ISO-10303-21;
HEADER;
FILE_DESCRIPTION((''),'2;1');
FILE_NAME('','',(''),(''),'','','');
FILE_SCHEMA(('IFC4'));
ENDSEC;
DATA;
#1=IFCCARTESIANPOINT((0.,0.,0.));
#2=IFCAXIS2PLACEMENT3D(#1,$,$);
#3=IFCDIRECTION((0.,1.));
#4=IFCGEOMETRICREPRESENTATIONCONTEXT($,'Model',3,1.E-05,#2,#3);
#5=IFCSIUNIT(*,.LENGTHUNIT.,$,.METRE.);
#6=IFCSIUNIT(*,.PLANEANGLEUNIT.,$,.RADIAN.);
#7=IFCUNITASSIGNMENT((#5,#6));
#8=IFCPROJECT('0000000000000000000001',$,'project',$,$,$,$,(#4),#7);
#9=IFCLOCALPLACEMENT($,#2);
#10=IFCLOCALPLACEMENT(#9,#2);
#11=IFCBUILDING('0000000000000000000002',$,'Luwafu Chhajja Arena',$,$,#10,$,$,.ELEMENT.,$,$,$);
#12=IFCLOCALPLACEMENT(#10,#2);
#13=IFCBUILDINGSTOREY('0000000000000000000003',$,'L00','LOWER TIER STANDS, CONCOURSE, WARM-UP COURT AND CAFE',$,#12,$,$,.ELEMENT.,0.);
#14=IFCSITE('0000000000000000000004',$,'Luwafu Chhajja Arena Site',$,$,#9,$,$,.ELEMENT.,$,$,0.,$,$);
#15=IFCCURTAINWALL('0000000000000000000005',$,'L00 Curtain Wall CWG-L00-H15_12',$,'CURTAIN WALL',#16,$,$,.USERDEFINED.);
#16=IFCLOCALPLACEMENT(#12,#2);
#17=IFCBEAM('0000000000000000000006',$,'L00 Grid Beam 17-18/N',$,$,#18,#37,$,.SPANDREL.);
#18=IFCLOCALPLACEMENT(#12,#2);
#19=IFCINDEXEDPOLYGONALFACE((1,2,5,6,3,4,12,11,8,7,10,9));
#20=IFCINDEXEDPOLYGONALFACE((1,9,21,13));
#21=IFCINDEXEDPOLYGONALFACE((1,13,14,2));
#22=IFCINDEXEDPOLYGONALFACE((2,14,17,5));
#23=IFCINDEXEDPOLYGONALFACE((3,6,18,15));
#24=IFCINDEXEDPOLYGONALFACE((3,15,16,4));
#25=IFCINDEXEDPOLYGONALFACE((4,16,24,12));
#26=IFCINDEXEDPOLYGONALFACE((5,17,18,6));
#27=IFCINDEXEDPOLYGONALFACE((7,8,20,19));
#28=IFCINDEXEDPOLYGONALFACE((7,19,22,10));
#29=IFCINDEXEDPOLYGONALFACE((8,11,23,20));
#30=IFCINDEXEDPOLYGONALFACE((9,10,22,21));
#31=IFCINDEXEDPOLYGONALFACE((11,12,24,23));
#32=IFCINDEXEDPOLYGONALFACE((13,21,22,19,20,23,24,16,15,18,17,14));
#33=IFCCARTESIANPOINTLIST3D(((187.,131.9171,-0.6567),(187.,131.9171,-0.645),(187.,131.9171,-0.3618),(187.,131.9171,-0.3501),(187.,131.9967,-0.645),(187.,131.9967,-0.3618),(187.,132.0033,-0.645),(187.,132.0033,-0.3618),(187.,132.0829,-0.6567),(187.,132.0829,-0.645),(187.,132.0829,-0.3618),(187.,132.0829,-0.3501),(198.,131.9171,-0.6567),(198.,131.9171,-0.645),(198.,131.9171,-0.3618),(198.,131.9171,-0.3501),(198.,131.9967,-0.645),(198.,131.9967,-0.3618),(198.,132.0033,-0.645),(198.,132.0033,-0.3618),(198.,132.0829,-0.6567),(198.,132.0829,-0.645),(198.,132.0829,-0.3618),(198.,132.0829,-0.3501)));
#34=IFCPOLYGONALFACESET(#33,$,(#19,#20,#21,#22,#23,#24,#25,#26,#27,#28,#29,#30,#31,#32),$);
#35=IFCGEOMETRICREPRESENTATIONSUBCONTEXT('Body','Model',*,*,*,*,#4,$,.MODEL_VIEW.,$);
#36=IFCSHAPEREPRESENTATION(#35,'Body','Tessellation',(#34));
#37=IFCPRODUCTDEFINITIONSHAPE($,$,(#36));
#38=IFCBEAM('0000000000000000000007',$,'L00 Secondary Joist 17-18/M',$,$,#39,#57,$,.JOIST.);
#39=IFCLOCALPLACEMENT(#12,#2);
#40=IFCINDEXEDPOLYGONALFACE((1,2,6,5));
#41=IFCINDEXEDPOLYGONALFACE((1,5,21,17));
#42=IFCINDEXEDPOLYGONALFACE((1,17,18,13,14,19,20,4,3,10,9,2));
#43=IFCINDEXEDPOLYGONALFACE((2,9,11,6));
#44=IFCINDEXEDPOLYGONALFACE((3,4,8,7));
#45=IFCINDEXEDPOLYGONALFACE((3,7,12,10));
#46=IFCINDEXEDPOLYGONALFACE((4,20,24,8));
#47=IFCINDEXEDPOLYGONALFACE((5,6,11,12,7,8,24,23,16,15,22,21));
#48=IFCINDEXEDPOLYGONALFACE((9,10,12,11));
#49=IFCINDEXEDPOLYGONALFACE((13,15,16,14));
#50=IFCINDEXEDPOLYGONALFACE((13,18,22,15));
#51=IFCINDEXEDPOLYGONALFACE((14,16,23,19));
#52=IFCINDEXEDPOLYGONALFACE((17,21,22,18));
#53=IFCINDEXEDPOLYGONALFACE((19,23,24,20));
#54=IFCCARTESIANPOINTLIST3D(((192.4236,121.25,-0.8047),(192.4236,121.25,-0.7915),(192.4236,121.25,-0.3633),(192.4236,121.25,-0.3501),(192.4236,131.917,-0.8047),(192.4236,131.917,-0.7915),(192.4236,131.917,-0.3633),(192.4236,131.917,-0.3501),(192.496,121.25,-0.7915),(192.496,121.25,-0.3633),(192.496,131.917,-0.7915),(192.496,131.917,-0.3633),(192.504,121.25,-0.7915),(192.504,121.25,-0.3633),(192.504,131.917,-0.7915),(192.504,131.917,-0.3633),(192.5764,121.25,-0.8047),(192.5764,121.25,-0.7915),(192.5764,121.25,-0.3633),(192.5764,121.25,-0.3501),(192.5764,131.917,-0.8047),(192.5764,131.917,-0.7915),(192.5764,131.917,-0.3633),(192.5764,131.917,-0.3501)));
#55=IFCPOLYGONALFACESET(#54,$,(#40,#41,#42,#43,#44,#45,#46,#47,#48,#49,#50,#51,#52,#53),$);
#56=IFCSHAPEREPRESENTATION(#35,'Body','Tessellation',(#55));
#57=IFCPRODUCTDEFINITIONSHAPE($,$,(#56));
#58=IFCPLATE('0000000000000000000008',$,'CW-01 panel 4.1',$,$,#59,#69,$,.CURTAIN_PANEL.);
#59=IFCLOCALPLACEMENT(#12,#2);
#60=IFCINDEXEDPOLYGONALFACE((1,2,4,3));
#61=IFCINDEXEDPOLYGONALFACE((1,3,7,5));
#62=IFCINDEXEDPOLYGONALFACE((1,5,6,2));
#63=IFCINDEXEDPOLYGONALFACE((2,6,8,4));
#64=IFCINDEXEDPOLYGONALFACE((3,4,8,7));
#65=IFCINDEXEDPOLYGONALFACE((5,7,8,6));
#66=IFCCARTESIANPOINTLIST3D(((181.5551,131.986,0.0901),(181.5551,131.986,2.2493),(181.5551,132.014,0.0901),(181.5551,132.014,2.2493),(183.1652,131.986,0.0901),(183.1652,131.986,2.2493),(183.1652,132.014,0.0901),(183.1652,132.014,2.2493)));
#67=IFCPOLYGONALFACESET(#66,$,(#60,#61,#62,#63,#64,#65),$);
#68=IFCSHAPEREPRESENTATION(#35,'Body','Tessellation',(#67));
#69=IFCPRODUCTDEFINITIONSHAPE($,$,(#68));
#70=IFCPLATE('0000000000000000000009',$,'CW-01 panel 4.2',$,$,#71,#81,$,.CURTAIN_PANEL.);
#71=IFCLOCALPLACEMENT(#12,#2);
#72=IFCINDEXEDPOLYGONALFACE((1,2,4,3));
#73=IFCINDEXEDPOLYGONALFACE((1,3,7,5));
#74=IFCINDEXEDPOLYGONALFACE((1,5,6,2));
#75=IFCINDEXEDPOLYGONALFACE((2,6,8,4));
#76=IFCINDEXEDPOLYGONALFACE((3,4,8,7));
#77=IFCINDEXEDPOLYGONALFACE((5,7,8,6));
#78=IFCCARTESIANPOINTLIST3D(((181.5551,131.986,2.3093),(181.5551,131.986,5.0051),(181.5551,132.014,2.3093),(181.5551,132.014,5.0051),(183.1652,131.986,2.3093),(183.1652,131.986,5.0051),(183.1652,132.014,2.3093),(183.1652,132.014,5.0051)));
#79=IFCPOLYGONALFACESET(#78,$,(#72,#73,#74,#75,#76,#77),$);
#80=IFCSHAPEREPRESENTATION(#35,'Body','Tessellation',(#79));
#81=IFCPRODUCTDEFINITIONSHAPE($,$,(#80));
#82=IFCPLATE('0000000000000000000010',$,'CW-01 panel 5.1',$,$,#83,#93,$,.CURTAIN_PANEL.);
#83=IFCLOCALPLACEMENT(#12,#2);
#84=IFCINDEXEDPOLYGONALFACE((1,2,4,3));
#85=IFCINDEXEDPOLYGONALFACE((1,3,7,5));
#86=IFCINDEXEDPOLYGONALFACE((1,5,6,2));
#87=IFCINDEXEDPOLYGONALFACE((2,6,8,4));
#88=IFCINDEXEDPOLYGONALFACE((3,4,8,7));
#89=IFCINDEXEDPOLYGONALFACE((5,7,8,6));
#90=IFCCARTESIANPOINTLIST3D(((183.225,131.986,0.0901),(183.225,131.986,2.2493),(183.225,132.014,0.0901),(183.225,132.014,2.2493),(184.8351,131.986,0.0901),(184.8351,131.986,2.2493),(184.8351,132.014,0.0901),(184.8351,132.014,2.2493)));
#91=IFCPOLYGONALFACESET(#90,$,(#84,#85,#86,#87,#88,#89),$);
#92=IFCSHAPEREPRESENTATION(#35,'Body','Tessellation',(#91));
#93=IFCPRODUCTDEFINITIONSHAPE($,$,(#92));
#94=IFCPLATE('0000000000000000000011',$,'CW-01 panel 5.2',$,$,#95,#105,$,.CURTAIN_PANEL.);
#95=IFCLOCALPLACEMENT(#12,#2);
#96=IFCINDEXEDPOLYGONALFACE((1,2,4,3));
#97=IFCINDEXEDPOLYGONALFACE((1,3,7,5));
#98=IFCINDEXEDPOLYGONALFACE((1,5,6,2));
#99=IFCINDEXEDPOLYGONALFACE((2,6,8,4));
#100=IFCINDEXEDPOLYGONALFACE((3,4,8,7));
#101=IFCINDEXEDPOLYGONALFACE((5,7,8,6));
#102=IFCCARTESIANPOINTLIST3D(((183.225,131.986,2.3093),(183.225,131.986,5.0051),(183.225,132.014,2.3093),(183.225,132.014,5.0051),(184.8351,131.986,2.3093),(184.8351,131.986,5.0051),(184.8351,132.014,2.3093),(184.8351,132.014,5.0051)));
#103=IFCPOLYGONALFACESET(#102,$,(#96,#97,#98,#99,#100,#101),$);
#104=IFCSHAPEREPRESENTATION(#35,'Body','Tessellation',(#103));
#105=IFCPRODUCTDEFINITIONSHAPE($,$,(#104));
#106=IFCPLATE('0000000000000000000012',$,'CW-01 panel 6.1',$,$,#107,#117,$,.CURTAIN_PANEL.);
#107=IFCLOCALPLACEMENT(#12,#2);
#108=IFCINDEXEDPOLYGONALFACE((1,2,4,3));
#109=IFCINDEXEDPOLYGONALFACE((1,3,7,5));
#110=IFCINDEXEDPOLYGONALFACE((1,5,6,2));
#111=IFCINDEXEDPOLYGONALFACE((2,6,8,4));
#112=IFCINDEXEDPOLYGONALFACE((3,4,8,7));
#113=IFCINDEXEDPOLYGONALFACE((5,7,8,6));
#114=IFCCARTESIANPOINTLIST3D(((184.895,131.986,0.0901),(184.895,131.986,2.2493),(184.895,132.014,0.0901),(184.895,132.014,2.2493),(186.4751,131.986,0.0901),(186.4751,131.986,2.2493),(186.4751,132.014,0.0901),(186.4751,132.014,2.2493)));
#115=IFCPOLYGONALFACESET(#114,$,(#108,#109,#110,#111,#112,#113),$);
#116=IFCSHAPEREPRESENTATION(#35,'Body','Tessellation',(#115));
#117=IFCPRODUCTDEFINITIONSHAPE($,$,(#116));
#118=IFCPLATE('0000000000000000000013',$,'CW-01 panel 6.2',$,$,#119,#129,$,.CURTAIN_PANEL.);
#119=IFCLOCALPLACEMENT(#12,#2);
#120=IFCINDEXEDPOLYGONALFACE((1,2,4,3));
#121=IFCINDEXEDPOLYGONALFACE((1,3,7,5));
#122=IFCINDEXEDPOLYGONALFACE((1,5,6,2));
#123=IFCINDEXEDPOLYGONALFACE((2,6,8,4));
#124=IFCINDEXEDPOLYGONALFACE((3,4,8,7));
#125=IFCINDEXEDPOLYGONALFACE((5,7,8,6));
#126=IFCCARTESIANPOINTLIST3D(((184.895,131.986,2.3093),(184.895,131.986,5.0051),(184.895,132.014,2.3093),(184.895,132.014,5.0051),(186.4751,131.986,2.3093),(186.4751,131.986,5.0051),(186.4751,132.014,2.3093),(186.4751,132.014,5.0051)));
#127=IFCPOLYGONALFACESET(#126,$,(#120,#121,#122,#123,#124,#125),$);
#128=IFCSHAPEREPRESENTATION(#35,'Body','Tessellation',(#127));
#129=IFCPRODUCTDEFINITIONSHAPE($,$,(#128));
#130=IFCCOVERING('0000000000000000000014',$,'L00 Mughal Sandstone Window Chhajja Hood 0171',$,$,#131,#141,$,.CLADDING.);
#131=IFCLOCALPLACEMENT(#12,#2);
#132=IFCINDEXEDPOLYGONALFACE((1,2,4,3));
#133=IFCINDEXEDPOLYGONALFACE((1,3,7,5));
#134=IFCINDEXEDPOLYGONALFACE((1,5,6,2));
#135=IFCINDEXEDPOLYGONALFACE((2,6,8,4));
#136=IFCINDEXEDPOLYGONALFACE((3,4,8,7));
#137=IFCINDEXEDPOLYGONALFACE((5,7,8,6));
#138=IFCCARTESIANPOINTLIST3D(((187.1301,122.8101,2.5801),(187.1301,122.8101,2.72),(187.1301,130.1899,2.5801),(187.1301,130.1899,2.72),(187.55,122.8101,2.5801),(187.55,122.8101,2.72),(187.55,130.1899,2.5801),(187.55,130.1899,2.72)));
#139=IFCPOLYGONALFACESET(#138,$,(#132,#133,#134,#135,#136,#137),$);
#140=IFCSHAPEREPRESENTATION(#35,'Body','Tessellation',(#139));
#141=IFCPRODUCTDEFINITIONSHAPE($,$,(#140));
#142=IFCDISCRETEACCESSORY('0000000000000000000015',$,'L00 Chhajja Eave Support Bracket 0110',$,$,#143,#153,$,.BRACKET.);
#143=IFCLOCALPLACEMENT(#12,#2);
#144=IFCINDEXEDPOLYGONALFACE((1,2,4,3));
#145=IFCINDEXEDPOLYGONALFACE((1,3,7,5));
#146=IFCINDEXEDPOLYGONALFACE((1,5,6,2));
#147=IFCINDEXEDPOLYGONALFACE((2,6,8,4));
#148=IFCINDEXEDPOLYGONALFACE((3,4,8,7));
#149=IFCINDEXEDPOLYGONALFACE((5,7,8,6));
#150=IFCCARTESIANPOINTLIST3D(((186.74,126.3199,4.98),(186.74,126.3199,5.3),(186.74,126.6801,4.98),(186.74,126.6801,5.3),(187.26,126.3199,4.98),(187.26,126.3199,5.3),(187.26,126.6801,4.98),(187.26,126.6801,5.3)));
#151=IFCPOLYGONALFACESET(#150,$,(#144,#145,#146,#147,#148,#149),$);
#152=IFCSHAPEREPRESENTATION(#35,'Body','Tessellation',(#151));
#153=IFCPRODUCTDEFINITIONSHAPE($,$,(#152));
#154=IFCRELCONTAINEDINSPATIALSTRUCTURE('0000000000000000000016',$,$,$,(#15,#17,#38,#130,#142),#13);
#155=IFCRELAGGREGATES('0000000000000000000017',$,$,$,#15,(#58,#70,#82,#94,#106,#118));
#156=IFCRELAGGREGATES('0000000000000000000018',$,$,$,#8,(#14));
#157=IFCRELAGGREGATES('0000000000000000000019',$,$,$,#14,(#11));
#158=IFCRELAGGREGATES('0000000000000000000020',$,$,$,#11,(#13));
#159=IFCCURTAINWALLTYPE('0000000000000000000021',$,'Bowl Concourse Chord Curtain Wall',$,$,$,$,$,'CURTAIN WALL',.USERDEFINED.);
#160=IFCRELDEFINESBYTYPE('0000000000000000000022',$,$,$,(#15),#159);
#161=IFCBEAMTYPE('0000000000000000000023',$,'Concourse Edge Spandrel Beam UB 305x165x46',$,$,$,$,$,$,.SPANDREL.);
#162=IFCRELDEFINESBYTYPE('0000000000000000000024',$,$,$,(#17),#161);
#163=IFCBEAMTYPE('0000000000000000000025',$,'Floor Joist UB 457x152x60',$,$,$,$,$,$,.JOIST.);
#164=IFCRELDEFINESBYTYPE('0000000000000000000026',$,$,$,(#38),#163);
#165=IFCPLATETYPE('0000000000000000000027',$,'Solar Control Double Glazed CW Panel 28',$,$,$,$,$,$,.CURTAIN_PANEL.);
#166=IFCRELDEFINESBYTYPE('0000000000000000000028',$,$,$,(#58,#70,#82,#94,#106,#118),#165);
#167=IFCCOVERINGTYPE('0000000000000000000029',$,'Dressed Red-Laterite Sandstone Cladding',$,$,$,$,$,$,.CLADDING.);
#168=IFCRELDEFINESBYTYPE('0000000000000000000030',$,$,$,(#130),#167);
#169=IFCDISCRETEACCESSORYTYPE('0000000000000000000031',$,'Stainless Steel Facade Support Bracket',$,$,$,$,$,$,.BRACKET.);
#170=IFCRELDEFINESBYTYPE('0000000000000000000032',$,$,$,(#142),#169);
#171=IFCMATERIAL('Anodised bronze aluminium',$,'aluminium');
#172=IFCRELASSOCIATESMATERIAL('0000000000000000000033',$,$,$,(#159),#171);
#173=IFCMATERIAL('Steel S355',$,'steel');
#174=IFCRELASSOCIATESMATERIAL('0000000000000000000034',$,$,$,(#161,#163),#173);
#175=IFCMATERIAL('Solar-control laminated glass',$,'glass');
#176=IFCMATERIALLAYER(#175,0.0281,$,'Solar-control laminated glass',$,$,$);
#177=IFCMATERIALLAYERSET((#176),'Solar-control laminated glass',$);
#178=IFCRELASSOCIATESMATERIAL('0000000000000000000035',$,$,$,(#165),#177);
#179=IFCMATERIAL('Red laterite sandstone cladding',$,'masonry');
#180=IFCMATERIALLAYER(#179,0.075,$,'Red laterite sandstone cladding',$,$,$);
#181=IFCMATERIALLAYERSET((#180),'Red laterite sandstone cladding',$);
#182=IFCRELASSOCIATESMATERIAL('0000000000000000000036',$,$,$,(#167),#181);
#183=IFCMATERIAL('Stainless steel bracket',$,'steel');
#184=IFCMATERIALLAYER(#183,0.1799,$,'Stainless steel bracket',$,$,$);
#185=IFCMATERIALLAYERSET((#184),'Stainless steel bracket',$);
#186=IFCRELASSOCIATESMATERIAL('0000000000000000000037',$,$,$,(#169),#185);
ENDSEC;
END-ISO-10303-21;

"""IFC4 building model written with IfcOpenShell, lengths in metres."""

from ifc_helpers import new_model, si_unit, direction, frame, origin, origin_2d, place, context, subcontext, project, spatial, rectangle, i_section, extrude, material, layer, layer_set, material_profile, profile_set, type_object, element, aggregate, save


model = new_model("IFC4")

# Units and contexts
model_context = context("Model", 3, precision=1e-05, world=origin(), true_north=direction((0.0, 1.0)))
body_context = subcontext(model_context, "Body", "Model", "MODEL_VIEW")
ifc_project = project(units=[si_unit("LENGTHUNIT", "METRE"), si_unit("PLANEANGLEUNIT", "RADIAN")], contexts=[model_context])

# Site, building, storey
site_placement = place(None, origin())
site = spatial("IfcSite", under=ifc_project, at=site_placement, Name="Luwafu Chhajja Arena Site", CompositionType="ELEMENT", RefElevation=0.0)
building_placement = place(site_placement, origin())
building = spatial("IfcBuilding", under=site, at=building_placement, Name="Luwafu Chhajja Arena", CompositionType="ELEMENT")
storey_placement = place(building_placement, origin())
storey = spatial("IfcBuildingStorey", under=building, at=storey_placement, Name="L00", Description="LOWER TIER STANDS, CONCOURSE, WARM-UP COURT AND CAFE", CompositionType="ELEMENT", Elevation=0.0)

# Curtain wall
ifc_material_1 = material(Name="Anodised bronze aluminium", Category="aluminium")
curtain_wall_type = type_object("IfcCurtainWallType", Name="Bowl Concourse Chord Curtain Wall", ElementType="CURTAIN WALL", PredefinedType="USERDEFINED", material=ifc_material_1)
curtain_wall_placement = place(storey_placement, origin())
curtain_wall = element("IfcCurtainWall", 1, at=curtain_wall_placement, inside=storey, type_object=curtain_wall_type, Name="L00 Curtain Wall CWG-L00-H15_12", ObjectType="CURTAIN WALL", PredefinedType="USERDEFINED")

# Beams
ifc_material_2 = material(Name="Steel S355", Category="steel")
ifc_material_profile_1 = material_profile(ifc_material_2, i_section(OverallWidth=0.1658, OverallDepth=0.3066, WebThickness=0.0066, FlangeThickness=0.0117, at=origin_2d()), Name="UB 305x165x46")
ifc_profile_set_1 = profile_set([ifc_material_profile_1], Name="Steel S355")
beam_type_1 = type_object("IfcBeamType", Name="Concourse Edge Spandrel Beam UB 305x165x46", PredefinedType="SPANDREL", material=ifc_profile_set_1)
beam_1_placement = place(storey_placement, frame((187.0, 132.0, -0.5034), z_axis=(1.0, 0.0, 0.0), x_axis=(0.0, 1.0, 0.0)))
element("IfcBeam", 2, at=beam_1_placement, inside=storey, type_object=beam_type_1, Name="L00 Grid Beam 17-18/N", PredefinedType="SPANDREL", context=body_context, shape_type="SweptSolid", body=[
    extrude(i_section(OverallWidth=0.1658, OverallDepth=0.3066, WebThickness=0.0066, FlangeThickness=0.0117, at=origin_2d()), origin(), (0.0, 0.0, 1.0), 11.0),
])
ifc_material_profile_2 = material_profile(ifc_material_2, i_section(OverallWidth=0.1528, OverallDepth=0.4546, WebThickness=0.0081, FlangeThickness=0.0132, at=origin_2d()), Name="UB 457x152x60")
ifc_profile_set_2 = profile_set([ifc_material_profile_2], Name="Steel S355")
beam_type_2 = type_object("IfcBeamType", Name="Floor Joist UB 457x152x60", PredefinedType="JOIST", material=ifc_profile_set_2)
beam_2_placement = place(storey_placement, frame((192.5, 121.25, -0.5774), z_axis=(0.0, 1.0, 0.0), x_axis=(-1.0, 0.0, 0.0)))
element("IfcBeam", 3, at=beam_2_placement, inside=storey, type_object=beam_type_2, Name="L00 Secondary Joist 17-18/M", PredefinedType="JOIST", context=body_context, shape_type="SweptSolid", body=[
    extrude(i_section(OverallWidth=0.1528, OverallDepth=0.4546, WebThickness=0.0081, FlangeThickness=0.0132, at=origin_2d()), origin(), (0.0, 0.0, 1.0), 10.667),
])

# Plates
ifc_material_3 = material(Name="Solar-control laminated glass", Category="glass")
ifc_layer_1 = layer(ifc_material_3, 0.0281, Name="Solar-control laminated glass")
ifc_layer_set_1 = layer_set([ifc_layer_1], Name="Solar-control laminated glass")
plate_type = type_object("IfcPlateType", Name="Solar Control Double Glazed CW Panel 28", PredefinedType="CURTAIN_PANEL", material=ifc_layer_set_1)
plate_1_placement = place(storey_placement, frame((182.3601, 132.0, 0.0901), z_axis=(0.0, 0.0, 1.0), x_axis=(1.0, 0.0, 0.0)))
plate_1 = element("IfcPlate", 4, at=plate_1_placement, type_object=plate_type, Name="CW-01 panel 4.1", PredefinedType="CURTAIN_PANEL", context=body_context, shape_type="SweptSolid", body=[
    extrude(rectangle(XDim=1.6101, YDim=0.0281, at=origin_2d()), origin(), (0.0, 0.0, 1.0), 2.1592),
])
plate_2_placement = place(storey_placement, frame((182.3601, 132.0, 2.3093), z_axis=(0.0, 0.0, 1.0), x_axis=(1.0, 0.0, 0.0)))
plate_2 = element("IfcPlate", 5, at=plate_2_placement, type_object=plate_type, Name="CW-01 panel 4.2", PredefinedType="CURTAIN_PANEL", context=body_context, shape_type="SweptSolid", body=[
    extrude(rectangle(XDim=1.6101, YDim=0.0281, at=origin_2d()), origin(), (0.0, 0.0, 1.0), 2.6958),
])
plate_3_placement = place(storey_placement, frame((184.03, 132.0, 0.0901), z_axis=(0.0, 0.0, 1.0), x_axis=(1.0, 0.0, 0.0)))
plate_3 = element("IfcPlate", 6, at=plate_3_placement, type_object=plate_type, Name="CW-01 panel 5.1", PredefinedType="CURTAIN_PANEL", context=body_context, shape_type="SweptSolid", body=[
    extrude(rectangle(XDim=1.6101, YDim=0.0281, at=origin_2d()), origin(), (0.0, 0.0, 1.0), 2.1592),
])
plate_4_placement = place(storey_placement, frame((184.03, 132.0, 2.3093), z_axis=(0.0, 0.0, 1.0), x_axis=(1.0, 0.0, 0.0)))
plate_4 = element("IfcPlate", 7, at=plate_4_placement, type_object=plate_type, Name="CW-01 panel 5.2", PredefinedType="CURTAIN_PANEL", context=body_context, shape_type="SweptSolid", body=[
    extrude(rectangle(XDim=1.6101, YDim=0.0281, at=origin_2d()), origin(), (0.0, 0.0, 1.0), 2.6958),
])
plate_5_placement = place(storey_placement, frame((185.6851, 132.0, 0.0901), z_axis=(0.0, 0.0, 1.0), x_axis=(1.0, 0.0, 0.0)))
plate_5 = element("IfcPlate", 8, at=plate_5_placement, type_object=plate_type, Name="CW-01 panel 6.1", PredefinedType="CURTAIN_PANEL", context=body_context, shape_type="SweptSolid", body=[
    extrude(rectangle(XDim=1.5801, YDim=0.0281, at=origin_2d()), origin(), (0.0, 0.0, 1.0), 2.1592),
])
plate_6_placement = place(storey_placement, frame((185.6851, 132.0, 2.3093), z_axis=(0.0, 0.0, 1.0), x_axis=(1.0, 0.0, 0.0)))
plate_6 = element("IfcPlate", 9, at=plate_6_placement, type_object=plate_type, Name="CW-01 panel 6.2", PredefinedType="CURTAIN_PANEL", context=body_context, shape_type="SweptSolid", body=[
    extrude(rectangle(XDim=1.5801, YDim=0.0281, at=origin_2d()), origin(), (0.0, 0.0, 1.0), 2.6958),
])
aggregate(curtain_wall, [plate_1, plate_2, plate_3, plate_4, plate_5, plate_6])

# Covering
ifc_material_4 = material(Name="Red laterite sandstone cladding", Category="masonry")
ifc_layer_2 = layer(ifc_material_4, 0.075, Name="Red laterite sandstone cladding")
ifc_layer_set_2 = layer_set([ifc_layer_2], Name="Red laterite sandstone cladding")
covering_type = type_object("IfcCoveringType", Name="Dressed Red-Laterite Sandstone Cladding", PredefinedType="CLADDING", material=ifc_layer_set_2)
covering_placement = place(storey_placement, frame((187.3401, 126.5, 2.5801), z_axis=(0.0, 0.0, 1.0), x_axis=(0.0, 1.0, 0.0)))
element("IfcCovering", 10, at=covering_placement, inside=storey, type_object=covering_type, Name="L00 Mughal Sandstone Window Chhajja Hood 0171", PredefinedType="CLADDING", context=body_context, shape_type="SweptSolid", body=[
    extrude(rectangle(XDim=7.3799, YDim=0.4199, at=origin_2d()), origin(), (0.0, 0.0, 1.0), 0.1399),
])

# Discrete accessory
ifc_material_5 = material(Name="Stainless steel bracket", Category="steel")
ifc_layer_3 = layer(ifc_material_5, 0.1799, Name="Stainless steel bracket")
ifc_layer_set_3 = layer_set([ifc_layer_3], Name="Stainless steel bracket")
discrete_accessory_type = type_object("IfcDiscreteAccessoryType", Name="Stainless Steel Facade Support Bracket", PredefinedType="BRACKET", material=ifc_layer_set_3)
discrete_accessory_placement = place(storey_placement, frame((187.0, 126.5, 4.98), z_axis=(0.0, 0.0, 1.0), x_axis=(0.0, 1.0, 0.0)))
element("IfcDiscreteAccessory", 11, at=discrete_accessory_placement, inside=storey, type_object=discrete_accessory_type, Name="L00 Chhajja Eave Support Bracket 0110", PredefinedType="BRACKET", context=body_context, shape_type="SweptSolid", body=[
    extrude(rectangle(XDim=0.3601, YDim=0.52, at=origin_2d()), origin(), (0.0, 0.0, 1.0), 0.3201),
])

save(model, "model.ifc")
